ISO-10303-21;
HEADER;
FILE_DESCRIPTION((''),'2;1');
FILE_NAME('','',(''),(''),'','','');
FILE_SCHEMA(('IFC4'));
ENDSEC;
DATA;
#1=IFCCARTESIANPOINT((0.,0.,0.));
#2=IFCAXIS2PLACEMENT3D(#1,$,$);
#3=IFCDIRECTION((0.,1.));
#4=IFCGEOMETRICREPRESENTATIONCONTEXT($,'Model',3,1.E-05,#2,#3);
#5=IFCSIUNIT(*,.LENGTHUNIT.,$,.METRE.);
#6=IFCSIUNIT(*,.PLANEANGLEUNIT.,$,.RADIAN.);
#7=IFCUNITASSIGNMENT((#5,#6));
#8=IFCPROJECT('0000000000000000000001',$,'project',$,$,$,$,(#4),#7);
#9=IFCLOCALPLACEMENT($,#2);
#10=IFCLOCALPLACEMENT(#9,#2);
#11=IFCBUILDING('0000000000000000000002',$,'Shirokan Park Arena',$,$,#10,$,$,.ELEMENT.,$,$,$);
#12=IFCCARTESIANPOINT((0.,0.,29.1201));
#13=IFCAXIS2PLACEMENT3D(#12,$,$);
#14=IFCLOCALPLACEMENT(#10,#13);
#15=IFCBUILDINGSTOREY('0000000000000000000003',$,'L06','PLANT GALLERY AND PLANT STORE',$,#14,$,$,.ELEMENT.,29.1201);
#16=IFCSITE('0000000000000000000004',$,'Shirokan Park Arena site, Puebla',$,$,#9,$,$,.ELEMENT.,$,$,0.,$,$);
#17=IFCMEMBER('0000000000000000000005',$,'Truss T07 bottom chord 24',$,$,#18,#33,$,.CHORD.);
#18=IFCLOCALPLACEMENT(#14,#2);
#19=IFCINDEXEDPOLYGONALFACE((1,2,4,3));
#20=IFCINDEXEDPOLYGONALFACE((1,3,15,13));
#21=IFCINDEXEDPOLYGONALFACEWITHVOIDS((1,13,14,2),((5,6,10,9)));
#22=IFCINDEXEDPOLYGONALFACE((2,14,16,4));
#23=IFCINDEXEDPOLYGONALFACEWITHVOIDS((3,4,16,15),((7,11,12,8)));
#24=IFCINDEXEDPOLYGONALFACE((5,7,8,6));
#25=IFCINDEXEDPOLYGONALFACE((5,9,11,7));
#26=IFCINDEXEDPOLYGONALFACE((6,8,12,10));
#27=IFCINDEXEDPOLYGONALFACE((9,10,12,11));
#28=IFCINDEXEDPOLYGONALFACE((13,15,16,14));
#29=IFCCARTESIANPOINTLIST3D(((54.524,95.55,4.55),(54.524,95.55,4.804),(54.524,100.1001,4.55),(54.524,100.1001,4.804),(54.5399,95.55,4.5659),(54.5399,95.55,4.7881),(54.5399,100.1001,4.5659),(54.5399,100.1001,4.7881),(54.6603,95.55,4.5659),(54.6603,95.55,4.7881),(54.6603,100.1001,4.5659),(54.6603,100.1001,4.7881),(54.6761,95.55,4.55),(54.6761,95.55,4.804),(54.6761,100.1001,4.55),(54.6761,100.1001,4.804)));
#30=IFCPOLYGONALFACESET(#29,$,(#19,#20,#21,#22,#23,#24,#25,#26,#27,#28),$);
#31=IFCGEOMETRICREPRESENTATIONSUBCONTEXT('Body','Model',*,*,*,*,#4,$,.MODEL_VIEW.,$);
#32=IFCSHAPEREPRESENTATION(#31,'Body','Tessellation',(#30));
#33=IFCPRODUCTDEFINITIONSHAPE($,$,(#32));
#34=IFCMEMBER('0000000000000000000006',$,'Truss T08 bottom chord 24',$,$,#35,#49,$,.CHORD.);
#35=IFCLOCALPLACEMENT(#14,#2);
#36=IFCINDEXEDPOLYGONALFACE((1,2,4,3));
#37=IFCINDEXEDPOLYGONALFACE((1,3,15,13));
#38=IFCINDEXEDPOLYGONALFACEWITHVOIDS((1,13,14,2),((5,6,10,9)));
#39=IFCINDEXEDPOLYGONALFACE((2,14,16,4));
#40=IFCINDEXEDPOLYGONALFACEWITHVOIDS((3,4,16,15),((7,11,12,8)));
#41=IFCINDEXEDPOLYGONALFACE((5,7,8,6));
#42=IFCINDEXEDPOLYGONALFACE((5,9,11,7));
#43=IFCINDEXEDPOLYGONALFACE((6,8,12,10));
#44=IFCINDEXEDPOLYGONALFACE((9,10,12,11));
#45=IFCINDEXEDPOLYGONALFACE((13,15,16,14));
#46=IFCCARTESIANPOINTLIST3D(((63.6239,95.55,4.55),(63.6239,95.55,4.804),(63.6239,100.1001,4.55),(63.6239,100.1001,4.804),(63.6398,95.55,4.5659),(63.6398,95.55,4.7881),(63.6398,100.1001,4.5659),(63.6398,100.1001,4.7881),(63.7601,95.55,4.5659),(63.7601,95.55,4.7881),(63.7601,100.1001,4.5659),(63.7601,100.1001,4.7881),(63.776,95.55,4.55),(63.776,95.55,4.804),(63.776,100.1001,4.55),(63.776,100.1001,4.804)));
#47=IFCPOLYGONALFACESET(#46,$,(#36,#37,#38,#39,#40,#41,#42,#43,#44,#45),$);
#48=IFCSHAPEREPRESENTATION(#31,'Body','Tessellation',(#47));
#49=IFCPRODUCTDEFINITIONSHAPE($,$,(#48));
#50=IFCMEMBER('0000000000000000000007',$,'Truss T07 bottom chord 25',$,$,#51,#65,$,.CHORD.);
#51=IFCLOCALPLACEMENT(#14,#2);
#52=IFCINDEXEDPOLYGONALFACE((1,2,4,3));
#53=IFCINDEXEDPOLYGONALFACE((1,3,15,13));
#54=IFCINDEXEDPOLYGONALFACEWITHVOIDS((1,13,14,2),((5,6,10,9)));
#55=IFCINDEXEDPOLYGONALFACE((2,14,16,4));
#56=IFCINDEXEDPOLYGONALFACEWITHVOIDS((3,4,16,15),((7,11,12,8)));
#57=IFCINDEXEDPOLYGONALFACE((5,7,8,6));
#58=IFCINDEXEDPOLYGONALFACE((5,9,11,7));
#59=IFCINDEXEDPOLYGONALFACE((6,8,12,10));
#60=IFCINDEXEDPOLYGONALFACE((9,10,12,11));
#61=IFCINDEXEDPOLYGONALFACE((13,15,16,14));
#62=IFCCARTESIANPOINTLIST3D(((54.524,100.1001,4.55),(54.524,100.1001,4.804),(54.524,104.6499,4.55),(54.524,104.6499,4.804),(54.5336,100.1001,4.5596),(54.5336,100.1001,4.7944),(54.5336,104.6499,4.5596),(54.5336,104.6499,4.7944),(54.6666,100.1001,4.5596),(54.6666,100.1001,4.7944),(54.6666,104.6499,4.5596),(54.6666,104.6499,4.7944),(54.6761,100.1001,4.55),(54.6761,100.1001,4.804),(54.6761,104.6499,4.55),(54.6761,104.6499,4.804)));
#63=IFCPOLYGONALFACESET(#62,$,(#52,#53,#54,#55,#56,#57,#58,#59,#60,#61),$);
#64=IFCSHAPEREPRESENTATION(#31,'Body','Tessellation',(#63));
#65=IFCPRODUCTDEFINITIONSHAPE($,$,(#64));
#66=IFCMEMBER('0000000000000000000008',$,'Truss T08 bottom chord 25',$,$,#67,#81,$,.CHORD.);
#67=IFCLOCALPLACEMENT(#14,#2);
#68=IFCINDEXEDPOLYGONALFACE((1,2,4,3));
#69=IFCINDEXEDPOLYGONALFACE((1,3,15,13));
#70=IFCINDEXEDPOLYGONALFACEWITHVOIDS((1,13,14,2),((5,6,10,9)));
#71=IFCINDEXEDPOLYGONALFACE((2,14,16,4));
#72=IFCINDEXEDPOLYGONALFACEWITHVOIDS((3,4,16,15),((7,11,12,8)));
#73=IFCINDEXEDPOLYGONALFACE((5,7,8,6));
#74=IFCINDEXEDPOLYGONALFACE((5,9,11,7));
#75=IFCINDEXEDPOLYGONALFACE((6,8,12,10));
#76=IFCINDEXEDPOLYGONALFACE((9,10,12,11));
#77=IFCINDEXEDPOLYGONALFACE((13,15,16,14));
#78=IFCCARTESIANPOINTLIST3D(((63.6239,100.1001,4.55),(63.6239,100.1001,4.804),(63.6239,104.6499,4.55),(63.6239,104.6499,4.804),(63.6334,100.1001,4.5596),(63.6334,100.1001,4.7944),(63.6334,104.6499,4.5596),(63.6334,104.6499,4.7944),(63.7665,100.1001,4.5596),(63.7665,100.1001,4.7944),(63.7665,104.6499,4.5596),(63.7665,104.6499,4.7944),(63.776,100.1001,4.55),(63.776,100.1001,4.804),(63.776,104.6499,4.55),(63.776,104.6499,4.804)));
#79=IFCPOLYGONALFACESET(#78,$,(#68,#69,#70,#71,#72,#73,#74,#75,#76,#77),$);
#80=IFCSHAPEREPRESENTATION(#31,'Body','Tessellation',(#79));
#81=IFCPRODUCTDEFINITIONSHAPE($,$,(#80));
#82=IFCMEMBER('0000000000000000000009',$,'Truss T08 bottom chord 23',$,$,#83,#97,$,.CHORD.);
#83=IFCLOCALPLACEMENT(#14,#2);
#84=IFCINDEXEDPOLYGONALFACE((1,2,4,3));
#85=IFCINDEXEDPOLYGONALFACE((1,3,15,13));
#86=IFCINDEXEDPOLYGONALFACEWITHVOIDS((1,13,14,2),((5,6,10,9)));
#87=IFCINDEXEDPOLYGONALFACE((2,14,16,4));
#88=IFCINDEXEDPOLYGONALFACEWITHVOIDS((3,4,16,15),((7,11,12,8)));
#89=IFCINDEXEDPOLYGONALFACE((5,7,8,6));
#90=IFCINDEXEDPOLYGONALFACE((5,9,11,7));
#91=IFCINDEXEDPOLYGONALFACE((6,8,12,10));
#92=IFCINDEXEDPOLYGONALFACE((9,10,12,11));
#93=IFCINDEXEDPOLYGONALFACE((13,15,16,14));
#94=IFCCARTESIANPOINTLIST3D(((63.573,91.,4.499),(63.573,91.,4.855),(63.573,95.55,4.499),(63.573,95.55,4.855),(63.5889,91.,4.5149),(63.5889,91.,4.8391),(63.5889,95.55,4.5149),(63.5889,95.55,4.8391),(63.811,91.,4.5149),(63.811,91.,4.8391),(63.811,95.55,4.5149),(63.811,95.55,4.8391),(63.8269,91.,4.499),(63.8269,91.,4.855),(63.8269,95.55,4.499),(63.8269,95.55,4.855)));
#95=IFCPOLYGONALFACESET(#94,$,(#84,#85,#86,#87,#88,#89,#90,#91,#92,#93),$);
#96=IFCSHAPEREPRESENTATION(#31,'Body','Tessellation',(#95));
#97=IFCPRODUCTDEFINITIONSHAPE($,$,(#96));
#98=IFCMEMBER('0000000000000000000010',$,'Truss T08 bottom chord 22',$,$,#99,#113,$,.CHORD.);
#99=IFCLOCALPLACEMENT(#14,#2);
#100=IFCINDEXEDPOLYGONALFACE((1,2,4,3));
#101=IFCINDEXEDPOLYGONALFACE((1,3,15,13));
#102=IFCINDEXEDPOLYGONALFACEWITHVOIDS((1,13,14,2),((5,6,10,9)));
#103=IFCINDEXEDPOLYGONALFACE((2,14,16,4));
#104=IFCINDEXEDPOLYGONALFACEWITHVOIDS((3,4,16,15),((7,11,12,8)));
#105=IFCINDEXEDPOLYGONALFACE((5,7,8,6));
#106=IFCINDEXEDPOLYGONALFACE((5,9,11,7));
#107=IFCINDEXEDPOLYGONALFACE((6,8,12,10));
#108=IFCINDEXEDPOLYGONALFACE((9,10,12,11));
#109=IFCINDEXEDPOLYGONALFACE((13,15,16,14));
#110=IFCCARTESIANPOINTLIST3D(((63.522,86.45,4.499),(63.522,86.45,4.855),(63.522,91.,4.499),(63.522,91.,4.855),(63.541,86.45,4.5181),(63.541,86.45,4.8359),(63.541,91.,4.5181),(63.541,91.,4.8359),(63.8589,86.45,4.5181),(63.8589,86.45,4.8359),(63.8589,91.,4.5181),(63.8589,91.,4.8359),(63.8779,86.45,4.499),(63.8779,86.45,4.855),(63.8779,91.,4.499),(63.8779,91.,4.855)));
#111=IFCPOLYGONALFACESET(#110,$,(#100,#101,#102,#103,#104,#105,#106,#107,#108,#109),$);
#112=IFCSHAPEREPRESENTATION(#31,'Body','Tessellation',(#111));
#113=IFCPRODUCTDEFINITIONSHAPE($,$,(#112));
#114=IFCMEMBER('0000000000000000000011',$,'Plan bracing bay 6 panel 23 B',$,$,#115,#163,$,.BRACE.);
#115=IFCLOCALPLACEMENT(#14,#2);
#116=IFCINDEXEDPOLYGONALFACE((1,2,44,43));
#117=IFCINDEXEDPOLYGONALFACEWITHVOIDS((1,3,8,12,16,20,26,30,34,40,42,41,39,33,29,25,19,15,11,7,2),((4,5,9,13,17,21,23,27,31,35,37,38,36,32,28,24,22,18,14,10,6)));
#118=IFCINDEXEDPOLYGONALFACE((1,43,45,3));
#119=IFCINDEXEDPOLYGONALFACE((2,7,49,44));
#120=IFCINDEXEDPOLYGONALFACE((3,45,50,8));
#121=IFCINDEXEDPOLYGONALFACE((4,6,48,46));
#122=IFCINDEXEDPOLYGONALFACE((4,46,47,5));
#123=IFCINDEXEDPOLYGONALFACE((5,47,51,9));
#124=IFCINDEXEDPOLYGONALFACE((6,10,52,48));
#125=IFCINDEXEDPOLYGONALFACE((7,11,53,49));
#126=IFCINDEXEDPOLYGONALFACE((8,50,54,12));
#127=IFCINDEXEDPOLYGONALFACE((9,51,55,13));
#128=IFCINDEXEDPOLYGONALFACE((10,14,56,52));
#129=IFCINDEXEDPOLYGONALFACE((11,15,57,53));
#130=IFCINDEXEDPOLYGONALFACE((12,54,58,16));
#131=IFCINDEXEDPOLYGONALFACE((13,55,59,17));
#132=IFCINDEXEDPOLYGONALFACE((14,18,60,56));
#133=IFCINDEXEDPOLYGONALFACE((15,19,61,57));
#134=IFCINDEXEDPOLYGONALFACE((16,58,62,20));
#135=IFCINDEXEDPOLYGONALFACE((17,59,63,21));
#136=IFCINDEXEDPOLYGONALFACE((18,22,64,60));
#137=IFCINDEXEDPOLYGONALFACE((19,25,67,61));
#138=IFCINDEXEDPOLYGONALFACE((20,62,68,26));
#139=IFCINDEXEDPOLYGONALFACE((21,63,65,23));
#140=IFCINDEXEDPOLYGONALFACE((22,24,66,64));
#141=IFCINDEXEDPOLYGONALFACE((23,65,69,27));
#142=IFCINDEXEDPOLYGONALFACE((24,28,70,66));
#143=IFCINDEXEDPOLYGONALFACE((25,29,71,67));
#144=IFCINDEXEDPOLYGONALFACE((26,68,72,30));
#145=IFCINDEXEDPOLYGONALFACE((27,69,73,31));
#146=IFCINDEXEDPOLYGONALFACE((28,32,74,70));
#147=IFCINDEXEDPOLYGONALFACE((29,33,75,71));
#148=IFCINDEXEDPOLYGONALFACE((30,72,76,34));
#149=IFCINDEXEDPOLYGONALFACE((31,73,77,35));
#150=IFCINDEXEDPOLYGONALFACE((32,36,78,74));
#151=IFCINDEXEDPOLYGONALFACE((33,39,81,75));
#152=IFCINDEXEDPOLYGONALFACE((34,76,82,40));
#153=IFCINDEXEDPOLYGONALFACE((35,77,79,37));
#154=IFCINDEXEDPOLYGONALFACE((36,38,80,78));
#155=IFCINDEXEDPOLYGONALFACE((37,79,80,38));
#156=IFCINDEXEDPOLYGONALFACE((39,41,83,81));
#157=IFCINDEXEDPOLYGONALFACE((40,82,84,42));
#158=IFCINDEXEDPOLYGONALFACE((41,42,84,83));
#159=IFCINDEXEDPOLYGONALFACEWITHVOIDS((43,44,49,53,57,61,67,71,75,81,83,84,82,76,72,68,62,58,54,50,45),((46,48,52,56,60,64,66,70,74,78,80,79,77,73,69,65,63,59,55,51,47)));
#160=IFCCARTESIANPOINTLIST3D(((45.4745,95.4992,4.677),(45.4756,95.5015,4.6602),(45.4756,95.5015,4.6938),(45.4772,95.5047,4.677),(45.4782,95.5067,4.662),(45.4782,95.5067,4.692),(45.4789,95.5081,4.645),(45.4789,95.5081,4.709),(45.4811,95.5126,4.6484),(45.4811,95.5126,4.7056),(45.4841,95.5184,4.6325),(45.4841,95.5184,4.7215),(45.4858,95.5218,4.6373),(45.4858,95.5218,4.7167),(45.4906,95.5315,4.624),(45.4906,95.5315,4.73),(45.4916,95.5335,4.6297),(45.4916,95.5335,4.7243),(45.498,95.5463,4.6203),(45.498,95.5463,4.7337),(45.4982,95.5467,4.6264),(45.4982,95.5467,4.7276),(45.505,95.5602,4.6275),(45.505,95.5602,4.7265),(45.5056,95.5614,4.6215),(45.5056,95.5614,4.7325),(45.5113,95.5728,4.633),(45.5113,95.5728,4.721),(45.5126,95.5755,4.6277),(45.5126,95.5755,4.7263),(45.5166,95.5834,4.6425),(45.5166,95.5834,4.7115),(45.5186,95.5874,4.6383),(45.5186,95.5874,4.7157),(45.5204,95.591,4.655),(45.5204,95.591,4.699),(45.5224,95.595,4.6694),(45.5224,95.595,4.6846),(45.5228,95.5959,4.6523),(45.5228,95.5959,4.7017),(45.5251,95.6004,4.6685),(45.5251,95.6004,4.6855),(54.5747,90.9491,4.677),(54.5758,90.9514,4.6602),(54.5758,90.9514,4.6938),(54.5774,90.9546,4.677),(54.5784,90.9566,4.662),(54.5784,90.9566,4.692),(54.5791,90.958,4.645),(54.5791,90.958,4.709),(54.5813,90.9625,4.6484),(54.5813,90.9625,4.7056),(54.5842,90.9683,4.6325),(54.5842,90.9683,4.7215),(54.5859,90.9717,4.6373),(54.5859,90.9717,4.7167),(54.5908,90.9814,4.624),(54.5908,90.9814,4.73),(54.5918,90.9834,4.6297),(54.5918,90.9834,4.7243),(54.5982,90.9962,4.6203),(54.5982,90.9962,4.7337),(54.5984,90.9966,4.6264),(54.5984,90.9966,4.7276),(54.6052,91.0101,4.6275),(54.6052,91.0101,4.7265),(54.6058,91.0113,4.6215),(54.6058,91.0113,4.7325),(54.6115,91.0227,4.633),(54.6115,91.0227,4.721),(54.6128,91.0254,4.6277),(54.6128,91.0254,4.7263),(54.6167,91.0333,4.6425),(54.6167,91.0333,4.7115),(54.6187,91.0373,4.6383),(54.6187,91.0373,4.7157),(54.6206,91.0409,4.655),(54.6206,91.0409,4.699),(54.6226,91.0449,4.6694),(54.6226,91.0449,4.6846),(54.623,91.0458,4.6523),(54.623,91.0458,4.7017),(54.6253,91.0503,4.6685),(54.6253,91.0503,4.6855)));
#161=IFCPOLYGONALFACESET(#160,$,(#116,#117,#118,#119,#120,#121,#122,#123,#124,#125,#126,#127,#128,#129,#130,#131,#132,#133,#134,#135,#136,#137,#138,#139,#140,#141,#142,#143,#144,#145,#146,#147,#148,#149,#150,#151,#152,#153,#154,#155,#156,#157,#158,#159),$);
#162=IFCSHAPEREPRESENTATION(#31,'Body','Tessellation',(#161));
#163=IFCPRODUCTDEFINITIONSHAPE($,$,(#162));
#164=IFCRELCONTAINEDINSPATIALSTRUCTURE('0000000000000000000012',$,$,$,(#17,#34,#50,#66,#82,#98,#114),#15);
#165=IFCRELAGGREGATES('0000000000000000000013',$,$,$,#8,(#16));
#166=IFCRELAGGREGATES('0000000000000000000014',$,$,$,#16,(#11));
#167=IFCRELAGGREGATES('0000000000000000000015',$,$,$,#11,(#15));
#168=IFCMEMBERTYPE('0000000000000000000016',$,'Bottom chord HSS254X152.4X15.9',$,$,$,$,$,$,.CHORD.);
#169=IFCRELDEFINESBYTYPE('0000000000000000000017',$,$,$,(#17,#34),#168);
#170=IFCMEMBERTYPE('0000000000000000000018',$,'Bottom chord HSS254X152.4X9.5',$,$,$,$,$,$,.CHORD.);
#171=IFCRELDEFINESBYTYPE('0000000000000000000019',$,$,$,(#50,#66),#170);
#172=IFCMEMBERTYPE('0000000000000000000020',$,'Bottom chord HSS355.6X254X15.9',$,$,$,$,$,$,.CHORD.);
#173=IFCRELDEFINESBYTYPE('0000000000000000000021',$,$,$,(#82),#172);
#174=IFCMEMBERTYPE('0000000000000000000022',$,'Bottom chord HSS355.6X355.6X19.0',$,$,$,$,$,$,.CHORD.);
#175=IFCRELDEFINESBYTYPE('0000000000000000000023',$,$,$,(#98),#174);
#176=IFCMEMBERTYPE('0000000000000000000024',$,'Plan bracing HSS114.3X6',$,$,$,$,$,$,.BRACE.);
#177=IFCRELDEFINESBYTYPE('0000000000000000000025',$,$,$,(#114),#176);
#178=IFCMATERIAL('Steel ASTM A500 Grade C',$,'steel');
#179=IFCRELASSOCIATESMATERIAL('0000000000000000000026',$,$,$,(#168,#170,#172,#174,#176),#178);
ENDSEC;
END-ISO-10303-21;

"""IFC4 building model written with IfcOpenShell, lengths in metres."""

from ifc_helpers import new_model, si_unit, direction, frame, origin, origin_2d, place, context, subcontext, project, spatial, hollow_rectangle, hollow_circle, extrude, material, material_profile, profile_set, type_object, element, save


model = new_model("IFC4")

# Units and contexts
model_context = context("Model", 3, precision=1e-05, world=origin(), true_north=direction((0.0, 1.0)))
body_context = subcontext(model_context, "Body", "Model", "MODEL_VIEW")
ifc_project = project(units=[si_unit("LENGTHUNIT", "METRE"), si_unit("PLANEANGLEUNIT", "RADIAN")], contexts=[model_context])

# Site, building, storey
site_placement = place(None, origin())
site = spatial("IfcSite", under=ifc_project, at=site_placement, Name="Shirokan Park Arena site, Puebla", CompositionType="ELEMENT", RefElevation=0.0)
building_placement = place(site_placement, origin())
building = spatial("IfcBuilding", under=site, at=building_placement, Name="Shirokan Park Arena", CompositionType="ELEMENT")
storey_placement = place(building_placement, frame((0.0, 0.0, 29.1201)))
storey = spatial("IfcBuildingStorey", under=building, at=storey_placement, Name="L06", Description="PLANT GALLERY AND PLANT STORE", CompositionType="ELEMENT", Elevation=29.1201)

# Members
ifc_material_1 = material(Name="Steel ASTM A500 Grade C", Category="steel")
ifc_material_profile_1 = material_profile(ifc_material_1, hollow_rectangle(XDim=0.1521, YDim=0.2539, WallThickness=0.0159, at=origin_2d()), Name="HSS254X152.4X15.9")
ifc_profile_set_1 = profile_set([ifc_material_profile_1], Name="Steel ASTM A500 Grade C")
member_type_1 = type_object("IfcMemberType", Name="Bottom chord HSS254X152.4X15.9", PredefinedType="CHORD", material=ifc_profile_set_1)
for number, where, z_axis, x_axis, name in (
    (1, (54.6001, 95.55, 4.677), (0.0, 1.0, 0.0), (-1.0, 0.0, 0.0), "Truss T07 bottom chord 24"),
    (2, (63.7, 95.55, 4.677), (0.0, 1.0, 0.0), (-1.0, 0.0, 0.0), "Truss T08 bottom chord 24"),
):
    element("IfcMember", number, at=place(storey_placement, frame(where, z_axis=z_axis, x_axis=x_axis)), inside=storey, type_object=member_type_1, Name=name, PredefinedType="CHORD", context=body_context, shape_type="SweptSolid", body=[
        extrude(hollow_rectangle(XDim=0.1521, YDim=0.2539, WallThickness=0.0159, at=origin_2d()), origin(), (0.0, 0.0, 1.0), 4.55),
    ])
ifc_material_profile_2 = material_profile(ifc_material_1, hollow_rectangle(XDim=0.1521, YDim=0.2539, WallThickness=0.0095, at=origin_2d()), Name="HSS254X152.4X9.5")
ifc_profile_set_2 = profile_set([ifc_material_profile_2], Name="Steel ASTM A500 Grade C")
member_type_2 = type_object("IfcMemberType", Name="Bottom chord HSS254X152.4X9.5", PredefinedType="CHORD", material=ifc_profile_set_2)
for number, where, z_axis, x_axis, name in (
    (3, (54.6001, 100.1001, 4.677), (0.0, 1.0, 0.0), (-1.0, 0.0, 0.0), "Truss T07 bottom chord 25"),
    (4, (63.7, 100.1001, 4.677), (0.0, 1.0, 0.0), (-1.0, 0.0, 0.0), "Truss T08 bottom chord 25"),
):
    element("IfcMember", number, at=place(storey_placement, frame(where, z_axis=z_axis, x_axis=x_axis)), inside=storey, type_object=member_type_2, Name=name, PredefinedType="CHORD", context=body_context, shape_type="SweptSolid", body=[
        extrude(hollow_rectangle(XDim=0.1521, YDim=0.2539, WallThickness=0.0095, at=origin_2d()), origin(), (0.0, 0.0, 1.0), 4.5498),
    ])
ifc_material_profile_3 = material_profile(ifc_material_1, hollow_rectangle(XDim=0.2539, YDim=0.356, WallThickness=0.0159, at=origin_2d()), Name="HSS355.6X254X15.9")
ifc_profile_set_3 = profile_set([ifc_material_profile_3], Name="Steel ASTM A500 Grade C")
member_type_3 = type_object("IfcMemberType", Name="Bottom chord HSS355.6X254X15.9", PredefinedType="CHORD", material=ifc_profile_set_3)
member_1_placement = place(storey_placement, frame((63.7, 91.0, 4.677), z_axis=(0.0, 1.0, 0.0), x_axis=(-1.0, 0.0, 0.0)))
element("IfcMember", 5, at=member_1_placement, inside=storey, type_object=member_type_3, Name="Truss T08 bottom chord 23", PredefinedType="CHORD", context=body_context, shape_type="SweptSolid", body=[
    extrude(hollow_rectangle(XDim=0.2539, YDim=0.356, WallThickness=0.0159, at=origin_2d()), origin(), (0.0, 0.0, 1.0), 4.55),
])
ifc_material_profile_4 = material_profile(ifc_material_1, hollow_rectangle(XDim=0.356, YDim=0.356, WallThickness=0.019, at=origin_2d()), Name="HSS355.6X355.6X19.0")
ifc_profile_set_4 = profile_set([ifc_material_profile_4], Name="Steel ASTM A500 Grade C")
member_type_4 = type_object("IfcMemberType", Name="Bottom chord HSS355.6X355.6X19.0", PredefinedType="CHORD", material=ifc_profile_set_4)
member_2_placement = place(storey_placement, frame((63.7, 86.45, 4.677), z_axis=(0.0, 1.0, 0.0), x_axis=(-1.0, 0.0, 0.0)))
element("IfcMember", 6, at=member_2_placement, inside=storey, type_object=member_type_4, Name="Truss T08 bottom chord 22", PredefinedType="CHORD", context=body_context, shape_type="SweptSolid", body=[
    extrude(hollow_rectangle(XDim=0.356, YDim=0.356, WallThickness=0.019, at=origin_2d()), origin(), (0.0, 0.0, 1.0), 4.55),
])
ifc_material_profile_5 = material_profile(ifc_material_1, hollow_circle(Radius=0.0569, WallThickness=0.0061, at=origin_2d()), Name="HSS114.3X6")
ifc_profile_set_5 = profile_set([ifc_material_profile_5], Name="Steel ASTM A500 Grade C")
member_type_5 = type_object("IfcMemberType", Name="Plan bracing HSS114.3X6", PredefinedType="BRACE", material=ifc_profile_set_5)
for number, where, z_axis, x_axis, name in (
    (7, (54.6001, 91.0, 4.677), (-0.894427, 0.447214, 0.0), (-0.447214, -0.894427, 0.0), "Plan bracing bay 6 panel 23 B"),
):
    element("IfcMember", number, at=place(storey_placement, frame(where, z_axis=z_axis, x_axis=x_axis)), inside=storey, type_object=member_type_5, Name=name, PredefinedType="BRACE", context=body_context, shape_type="SweptSolid", body=[
        extrude(hollow_circle(Radius=0.0569, WallThickness=0.0061, at=origin_2d()), origin(), (0.0, 0.0, 1.0), 10.1743),
    ])

save(model, "model.ifc")
